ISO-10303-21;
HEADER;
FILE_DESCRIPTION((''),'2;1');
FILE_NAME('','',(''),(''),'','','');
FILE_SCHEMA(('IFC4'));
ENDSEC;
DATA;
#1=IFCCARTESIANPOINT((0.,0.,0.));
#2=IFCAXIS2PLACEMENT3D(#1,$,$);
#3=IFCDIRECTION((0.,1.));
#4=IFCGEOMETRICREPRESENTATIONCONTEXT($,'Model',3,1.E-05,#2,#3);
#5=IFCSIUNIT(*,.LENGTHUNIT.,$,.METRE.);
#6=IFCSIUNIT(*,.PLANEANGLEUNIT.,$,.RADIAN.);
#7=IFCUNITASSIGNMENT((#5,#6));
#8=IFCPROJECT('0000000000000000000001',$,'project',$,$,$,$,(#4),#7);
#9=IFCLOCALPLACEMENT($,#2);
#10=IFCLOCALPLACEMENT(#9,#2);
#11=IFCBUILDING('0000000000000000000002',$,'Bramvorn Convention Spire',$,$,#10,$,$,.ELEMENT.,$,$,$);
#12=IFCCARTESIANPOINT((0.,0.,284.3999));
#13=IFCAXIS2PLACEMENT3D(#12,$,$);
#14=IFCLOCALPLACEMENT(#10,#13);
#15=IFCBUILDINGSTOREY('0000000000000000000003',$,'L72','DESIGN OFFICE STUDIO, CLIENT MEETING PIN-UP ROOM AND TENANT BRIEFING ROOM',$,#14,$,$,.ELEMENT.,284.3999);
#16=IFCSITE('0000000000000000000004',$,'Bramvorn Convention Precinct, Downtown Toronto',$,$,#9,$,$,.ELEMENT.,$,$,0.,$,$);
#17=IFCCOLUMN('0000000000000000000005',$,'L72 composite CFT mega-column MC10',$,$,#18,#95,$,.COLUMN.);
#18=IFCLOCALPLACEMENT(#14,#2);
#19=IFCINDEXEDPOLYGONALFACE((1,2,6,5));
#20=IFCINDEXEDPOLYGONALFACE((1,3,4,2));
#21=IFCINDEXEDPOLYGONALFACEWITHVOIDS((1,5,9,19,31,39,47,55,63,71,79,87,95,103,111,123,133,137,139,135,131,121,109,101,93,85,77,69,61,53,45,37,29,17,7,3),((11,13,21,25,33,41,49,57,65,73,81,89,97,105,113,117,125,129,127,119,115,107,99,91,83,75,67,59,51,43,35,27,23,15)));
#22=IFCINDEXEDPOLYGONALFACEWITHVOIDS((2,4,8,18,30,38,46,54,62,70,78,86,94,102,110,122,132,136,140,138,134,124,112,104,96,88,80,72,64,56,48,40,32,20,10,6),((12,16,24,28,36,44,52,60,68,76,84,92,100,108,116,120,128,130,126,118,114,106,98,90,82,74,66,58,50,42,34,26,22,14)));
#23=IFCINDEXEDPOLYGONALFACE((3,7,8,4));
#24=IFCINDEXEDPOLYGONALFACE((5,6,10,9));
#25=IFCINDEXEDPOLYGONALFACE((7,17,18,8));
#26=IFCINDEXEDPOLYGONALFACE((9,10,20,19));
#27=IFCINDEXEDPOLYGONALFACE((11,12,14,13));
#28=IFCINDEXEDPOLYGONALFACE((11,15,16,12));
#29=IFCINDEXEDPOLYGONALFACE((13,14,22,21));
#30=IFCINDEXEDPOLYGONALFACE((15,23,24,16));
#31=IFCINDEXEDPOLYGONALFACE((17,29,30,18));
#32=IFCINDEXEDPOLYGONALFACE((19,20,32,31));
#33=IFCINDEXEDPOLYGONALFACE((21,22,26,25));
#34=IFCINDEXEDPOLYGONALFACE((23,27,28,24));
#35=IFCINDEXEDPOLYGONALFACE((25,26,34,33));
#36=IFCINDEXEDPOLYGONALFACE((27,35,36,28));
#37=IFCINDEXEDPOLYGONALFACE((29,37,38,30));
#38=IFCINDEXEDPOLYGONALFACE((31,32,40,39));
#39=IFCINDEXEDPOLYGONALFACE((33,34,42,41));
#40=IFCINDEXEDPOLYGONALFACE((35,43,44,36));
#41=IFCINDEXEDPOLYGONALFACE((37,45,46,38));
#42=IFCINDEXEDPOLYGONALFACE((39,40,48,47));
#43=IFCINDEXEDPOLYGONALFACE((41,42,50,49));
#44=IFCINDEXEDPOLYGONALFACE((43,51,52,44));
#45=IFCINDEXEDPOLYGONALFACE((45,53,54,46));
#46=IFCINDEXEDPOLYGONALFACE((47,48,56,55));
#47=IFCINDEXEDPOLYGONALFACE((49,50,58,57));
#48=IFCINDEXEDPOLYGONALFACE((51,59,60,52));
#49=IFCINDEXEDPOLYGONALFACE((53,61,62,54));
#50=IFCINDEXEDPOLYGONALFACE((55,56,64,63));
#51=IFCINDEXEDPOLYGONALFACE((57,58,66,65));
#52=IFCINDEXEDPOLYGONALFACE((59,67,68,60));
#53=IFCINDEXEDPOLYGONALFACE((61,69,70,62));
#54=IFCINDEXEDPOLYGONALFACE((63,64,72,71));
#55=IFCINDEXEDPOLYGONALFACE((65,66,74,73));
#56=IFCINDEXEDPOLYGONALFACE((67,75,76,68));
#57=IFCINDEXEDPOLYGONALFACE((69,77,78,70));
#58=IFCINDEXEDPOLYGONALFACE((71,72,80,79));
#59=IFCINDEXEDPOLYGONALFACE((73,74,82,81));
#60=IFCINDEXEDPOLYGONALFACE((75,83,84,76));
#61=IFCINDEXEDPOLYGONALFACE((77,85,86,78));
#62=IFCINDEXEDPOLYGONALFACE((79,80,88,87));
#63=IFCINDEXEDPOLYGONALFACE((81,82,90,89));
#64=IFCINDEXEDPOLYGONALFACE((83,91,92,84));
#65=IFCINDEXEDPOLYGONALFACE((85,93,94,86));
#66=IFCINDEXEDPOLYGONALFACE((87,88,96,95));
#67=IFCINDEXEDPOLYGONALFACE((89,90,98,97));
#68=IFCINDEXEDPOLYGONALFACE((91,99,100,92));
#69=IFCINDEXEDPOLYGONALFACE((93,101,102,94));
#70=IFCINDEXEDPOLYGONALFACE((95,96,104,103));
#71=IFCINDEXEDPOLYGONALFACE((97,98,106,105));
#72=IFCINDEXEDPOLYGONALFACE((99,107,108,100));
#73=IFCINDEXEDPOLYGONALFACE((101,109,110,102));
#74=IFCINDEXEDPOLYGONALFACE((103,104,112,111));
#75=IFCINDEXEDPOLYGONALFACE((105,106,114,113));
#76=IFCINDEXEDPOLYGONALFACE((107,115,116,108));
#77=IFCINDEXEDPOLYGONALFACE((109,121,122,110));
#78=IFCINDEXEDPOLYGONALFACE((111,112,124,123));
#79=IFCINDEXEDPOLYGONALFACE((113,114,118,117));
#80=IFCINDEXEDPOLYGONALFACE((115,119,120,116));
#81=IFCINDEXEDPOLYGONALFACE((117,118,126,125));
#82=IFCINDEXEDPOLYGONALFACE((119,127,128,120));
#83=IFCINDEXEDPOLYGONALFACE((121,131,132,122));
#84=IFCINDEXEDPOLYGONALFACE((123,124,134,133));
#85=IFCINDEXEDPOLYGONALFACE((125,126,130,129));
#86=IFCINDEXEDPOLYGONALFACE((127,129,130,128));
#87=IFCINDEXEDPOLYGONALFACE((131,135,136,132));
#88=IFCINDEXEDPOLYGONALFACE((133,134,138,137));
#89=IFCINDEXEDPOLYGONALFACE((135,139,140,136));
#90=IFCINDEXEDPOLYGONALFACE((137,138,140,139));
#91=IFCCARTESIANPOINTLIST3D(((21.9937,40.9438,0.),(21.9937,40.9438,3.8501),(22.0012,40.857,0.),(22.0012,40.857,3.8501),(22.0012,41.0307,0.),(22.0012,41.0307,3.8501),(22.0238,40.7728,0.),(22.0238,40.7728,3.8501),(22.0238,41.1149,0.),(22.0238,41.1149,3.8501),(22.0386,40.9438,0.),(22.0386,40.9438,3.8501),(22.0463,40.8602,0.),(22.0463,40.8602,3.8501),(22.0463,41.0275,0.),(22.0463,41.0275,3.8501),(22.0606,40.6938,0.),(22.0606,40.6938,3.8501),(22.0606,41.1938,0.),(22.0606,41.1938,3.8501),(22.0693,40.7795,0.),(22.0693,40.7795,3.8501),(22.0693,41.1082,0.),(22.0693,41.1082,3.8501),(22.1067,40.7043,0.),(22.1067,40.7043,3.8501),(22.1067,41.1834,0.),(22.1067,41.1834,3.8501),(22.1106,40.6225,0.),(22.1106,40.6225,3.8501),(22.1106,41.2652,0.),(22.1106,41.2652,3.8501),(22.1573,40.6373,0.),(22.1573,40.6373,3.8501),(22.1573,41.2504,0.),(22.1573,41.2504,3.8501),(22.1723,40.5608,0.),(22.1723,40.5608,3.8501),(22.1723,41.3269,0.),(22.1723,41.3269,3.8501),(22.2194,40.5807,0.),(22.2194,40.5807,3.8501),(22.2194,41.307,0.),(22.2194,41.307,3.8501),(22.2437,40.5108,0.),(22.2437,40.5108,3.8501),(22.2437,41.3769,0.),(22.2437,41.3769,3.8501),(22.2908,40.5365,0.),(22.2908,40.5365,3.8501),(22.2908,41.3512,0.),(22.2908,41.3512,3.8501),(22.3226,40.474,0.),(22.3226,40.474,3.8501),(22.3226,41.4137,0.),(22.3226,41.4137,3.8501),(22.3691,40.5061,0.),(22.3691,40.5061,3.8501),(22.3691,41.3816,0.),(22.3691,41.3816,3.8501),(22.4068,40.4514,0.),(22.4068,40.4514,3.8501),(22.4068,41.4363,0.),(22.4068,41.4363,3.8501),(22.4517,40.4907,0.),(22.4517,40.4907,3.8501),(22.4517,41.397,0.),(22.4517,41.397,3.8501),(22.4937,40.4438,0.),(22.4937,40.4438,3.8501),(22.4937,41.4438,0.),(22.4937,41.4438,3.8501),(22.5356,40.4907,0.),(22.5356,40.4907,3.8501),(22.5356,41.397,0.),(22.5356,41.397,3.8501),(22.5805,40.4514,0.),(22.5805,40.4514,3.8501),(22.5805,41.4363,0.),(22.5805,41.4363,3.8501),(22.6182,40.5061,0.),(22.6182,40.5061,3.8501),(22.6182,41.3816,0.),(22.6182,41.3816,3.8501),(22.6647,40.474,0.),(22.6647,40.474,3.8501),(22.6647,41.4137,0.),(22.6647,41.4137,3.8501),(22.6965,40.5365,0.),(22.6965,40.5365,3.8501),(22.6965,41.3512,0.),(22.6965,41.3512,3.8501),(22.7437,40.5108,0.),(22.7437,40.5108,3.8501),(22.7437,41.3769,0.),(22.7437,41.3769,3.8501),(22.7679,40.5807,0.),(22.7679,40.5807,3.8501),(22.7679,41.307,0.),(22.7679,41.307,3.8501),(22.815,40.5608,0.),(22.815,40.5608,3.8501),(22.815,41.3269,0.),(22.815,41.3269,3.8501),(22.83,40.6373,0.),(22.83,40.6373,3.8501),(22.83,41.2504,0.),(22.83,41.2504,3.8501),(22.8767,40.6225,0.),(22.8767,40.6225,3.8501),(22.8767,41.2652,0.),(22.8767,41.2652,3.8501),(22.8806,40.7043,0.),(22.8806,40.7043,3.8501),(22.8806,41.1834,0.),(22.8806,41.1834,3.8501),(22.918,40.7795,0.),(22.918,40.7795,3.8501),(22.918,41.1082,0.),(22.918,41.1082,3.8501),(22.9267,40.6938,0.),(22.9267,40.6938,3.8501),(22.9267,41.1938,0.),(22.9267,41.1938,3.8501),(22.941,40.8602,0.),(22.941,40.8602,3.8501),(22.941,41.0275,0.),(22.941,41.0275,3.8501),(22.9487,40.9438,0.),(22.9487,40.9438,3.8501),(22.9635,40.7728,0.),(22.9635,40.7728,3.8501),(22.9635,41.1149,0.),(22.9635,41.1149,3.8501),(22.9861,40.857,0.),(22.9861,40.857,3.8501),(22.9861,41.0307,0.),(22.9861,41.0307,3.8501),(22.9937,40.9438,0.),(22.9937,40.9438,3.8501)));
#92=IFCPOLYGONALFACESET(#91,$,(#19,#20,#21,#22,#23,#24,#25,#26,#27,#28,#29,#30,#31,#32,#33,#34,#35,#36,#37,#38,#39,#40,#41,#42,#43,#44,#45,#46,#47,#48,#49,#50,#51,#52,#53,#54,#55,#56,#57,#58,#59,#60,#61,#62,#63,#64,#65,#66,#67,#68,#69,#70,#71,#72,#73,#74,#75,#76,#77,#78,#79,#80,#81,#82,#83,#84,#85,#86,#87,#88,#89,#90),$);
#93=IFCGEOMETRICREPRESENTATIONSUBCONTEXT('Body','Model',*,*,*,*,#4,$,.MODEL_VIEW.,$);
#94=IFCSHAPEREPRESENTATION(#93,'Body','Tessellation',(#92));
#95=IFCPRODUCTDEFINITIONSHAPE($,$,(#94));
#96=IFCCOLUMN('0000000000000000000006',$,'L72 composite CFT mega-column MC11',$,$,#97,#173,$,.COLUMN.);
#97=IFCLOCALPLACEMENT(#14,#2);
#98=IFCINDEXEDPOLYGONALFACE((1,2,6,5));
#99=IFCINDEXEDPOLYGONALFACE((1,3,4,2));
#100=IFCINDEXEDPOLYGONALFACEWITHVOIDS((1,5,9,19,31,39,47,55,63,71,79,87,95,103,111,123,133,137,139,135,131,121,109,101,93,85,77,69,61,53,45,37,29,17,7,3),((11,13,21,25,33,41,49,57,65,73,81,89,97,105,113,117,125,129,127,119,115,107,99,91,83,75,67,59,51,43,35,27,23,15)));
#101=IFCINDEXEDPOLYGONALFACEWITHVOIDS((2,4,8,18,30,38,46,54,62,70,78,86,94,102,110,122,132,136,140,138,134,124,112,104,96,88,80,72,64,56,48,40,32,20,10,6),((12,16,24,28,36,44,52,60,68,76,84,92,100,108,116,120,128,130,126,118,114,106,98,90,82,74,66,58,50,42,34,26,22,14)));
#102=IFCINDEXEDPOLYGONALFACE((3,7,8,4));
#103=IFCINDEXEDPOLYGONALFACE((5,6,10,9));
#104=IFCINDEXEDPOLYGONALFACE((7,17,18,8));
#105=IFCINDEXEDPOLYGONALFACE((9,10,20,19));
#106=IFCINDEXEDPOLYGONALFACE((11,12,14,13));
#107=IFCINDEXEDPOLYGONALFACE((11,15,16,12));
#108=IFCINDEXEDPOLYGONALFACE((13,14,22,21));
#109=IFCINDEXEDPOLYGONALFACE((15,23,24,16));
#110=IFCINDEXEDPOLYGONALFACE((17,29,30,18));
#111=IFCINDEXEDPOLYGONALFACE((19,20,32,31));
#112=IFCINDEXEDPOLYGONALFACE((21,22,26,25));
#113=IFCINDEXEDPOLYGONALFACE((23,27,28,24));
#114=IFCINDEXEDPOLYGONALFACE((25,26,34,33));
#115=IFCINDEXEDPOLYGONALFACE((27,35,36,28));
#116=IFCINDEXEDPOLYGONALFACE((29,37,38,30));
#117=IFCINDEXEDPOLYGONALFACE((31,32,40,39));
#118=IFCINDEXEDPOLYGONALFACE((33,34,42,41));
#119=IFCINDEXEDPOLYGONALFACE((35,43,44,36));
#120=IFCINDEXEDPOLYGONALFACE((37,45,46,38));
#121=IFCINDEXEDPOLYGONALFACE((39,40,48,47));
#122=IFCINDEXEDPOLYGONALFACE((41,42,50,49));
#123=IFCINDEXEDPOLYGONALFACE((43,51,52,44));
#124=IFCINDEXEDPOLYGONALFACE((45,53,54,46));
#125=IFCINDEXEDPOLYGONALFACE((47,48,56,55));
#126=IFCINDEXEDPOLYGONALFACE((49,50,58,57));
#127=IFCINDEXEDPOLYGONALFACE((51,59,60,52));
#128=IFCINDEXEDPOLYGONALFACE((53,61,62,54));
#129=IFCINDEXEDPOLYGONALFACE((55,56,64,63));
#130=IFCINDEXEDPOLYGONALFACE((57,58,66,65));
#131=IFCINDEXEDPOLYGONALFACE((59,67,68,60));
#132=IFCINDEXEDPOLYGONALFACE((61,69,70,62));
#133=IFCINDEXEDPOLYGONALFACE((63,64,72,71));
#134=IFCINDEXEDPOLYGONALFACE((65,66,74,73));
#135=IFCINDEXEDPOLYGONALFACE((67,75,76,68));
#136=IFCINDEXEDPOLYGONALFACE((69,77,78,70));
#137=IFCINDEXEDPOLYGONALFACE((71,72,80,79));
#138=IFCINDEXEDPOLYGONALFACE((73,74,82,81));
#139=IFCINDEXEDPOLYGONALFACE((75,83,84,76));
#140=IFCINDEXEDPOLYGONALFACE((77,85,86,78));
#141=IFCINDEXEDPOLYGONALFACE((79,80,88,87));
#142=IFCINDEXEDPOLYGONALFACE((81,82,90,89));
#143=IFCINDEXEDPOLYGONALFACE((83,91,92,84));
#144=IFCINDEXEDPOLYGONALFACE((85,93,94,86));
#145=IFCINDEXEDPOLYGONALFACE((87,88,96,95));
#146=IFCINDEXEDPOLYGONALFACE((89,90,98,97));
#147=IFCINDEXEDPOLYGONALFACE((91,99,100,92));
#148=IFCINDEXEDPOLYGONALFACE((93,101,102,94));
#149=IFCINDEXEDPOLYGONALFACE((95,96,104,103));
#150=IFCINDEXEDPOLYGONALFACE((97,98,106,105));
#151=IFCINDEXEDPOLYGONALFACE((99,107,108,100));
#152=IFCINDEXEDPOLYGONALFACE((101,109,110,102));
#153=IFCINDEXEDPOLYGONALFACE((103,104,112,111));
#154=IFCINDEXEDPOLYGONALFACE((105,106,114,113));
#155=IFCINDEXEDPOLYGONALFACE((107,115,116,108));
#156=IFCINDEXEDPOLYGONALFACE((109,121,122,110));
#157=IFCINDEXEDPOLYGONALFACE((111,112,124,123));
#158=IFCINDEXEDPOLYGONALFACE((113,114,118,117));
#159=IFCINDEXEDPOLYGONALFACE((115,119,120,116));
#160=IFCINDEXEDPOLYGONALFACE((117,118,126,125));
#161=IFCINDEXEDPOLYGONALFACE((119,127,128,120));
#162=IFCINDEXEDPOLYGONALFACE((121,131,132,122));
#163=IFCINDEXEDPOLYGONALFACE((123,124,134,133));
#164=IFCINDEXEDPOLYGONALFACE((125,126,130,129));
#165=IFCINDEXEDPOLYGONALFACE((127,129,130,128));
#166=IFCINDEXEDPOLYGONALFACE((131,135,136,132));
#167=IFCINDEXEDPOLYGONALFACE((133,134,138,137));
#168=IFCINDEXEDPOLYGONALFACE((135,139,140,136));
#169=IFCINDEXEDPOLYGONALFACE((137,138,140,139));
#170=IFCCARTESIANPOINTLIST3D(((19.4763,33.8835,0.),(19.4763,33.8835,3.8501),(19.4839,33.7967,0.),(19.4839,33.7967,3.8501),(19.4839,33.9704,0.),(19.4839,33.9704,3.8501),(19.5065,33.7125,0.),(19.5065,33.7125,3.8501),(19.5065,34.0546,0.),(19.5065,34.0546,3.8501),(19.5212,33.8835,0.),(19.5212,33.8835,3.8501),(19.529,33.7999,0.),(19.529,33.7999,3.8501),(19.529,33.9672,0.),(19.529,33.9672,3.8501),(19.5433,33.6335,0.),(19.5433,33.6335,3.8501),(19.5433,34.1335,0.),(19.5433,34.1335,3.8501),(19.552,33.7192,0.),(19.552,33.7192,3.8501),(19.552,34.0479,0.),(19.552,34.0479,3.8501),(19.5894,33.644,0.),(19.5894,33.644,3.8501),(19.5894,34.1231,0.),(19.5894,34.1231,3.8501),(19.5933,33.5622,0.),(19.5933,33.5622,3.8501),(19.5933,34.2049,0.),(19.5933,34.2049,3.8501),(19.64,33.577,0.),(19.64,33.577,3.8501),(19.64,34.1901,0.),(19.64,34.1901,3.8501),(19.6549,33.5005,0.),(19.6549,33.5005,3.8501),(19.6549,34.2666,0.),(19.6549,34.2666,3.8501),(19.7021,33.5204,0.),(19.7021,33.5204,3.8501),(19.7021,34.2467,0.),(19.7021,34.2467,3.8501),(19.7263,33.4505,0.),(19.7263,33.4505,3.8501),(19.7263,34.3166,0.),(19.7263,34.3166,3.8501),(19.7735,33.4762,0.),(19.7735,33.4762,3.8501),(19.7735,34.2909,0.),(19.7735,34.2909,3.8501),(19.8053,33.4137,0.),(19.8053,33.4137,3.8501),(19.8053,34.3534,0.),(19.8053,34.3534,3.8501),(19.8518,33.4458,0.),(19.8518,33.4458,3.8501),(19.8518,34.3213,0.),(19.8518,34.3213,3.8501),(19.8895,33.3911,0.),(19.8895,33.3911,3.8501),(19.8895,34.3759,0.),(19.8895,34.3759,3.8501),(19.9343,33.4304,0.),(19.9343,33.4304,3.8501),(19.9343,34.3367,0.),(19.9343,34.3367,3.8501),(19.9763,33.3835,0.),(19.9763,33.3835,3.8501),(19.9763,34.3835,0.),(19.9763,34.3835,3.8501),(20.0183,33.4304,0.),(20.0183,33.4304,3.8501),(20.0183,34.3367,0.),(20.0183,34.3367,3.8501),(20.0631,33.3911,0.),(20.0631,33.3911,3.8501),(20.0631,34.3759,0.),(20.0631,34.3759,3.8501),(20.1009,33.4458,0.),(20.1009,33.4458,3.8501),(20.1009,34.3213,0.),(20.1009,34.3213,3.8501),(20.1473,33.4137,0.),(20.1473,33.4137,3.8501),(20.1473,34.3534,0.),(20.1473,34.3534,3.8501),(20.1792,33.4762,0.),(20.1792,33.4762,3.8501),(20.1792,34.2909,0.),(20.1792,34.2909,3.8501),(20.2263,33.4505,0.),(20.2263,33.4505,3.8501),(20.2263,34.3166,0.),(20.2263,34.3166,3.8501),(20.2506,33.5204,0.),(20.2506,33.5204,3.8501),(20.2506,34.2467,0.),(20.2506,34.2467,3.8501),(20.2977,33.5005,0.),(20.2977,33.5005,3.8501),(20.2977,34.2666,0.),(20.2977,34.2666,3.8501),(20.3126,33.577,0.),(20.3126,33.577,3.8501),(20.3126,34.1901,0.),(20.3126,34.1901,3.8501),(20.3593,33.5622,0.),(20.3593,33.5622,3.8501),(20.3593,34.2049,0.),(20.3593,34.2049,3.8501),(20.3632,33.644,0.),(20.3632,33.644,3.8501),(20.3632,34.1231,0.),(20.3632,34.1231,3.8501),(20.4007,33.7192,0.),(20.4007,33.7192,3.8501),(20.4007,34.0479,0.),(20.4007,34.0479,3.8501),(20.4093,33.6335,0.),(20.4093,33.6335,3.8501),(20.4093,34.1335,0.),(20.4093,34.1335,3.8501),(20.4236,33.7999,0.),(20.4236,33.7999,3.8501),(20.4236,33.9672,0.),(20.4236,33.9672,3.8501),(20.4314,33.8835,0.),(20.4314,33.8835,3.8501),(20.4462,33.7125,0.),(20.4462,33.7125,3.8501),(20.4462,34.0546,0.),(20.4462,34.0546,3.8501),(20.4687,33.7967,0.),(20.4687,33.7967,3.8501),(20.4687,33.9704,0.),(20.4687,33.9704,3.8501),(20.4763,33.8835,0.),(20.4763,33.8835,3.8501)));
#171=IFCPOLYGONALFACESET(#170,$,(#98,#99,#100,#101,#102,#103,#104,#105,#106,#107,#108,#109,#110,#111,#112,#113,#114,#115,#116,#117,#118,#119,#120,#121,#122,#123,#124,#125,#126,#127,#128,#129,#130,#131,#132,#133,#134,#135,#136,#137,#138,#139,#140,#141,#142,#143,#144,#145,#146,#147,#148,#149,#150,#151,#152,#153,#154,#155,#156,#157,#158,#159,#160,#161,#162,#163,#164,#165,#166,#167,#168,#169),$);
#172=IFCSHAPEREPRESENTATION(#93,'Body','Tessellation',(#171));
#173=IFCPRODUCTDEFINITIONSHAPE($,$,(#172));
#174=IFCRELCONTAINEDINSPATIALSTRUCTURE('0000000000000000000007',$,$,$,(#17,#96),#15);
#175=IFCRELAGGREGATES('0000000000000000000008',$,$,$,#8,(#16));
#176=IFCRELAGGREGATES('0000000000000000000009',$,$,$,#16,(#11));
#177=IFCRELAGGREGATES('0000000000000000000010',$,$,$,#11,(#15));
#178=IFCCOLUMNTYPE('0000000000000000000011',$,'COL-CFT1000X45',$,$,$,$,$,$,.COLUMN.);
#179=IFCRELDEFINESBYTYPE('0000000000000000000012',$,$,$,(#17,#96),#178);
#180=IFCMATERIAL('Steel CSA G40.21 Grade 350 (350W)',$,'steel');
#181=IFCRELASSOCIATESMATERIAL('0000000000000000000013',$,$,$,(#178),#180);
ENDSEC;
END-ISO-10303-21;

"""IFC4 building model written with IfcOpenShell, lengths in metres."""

from ifc_helpers import new_model, si_unit, direction, frame, origin, origin_2d, place, context, subcontext, project, spatial, hollow_circle, extrude, material, material_profile, profile_set, type_object, element, save


model = new_model("IFC4")

# Units and contexts
model_context = context("Model", 3, precision=1e-05, world=origin(), true_north=direction((0.0, 1.0)))
body_context = subcontext(model_context, "Body", "Model", "MODEL_VIEW")
ifc_project = project(units=[si_unit("LENGTHUNIT", "METRE"), si_unit("PLANEANGLEUNIT", "RADIAN")], contexts=[model_context])

# Site, building, storey
site_placement = place(None, origin())
site = spatial("IfcSite", under=ifc_project, at=site_placement, Name="Bramvorn Convention Precinct, Downtown Toronto", CompositionType="ELEMENT", RefElevation=0.0)
building_placement = place(site_placement, origin())
building = spatial("IfcBuilding", under=site, at=building_placement, Name="Bramvorn Convention Spire", CompositionType="ELEMENT")
storey_placement = place(building_placement, frame((0.0, 0.0, 284.3999)))
storey = spatial("IfcBuildingStorey", under=building, at=storey_placement, Name="L72", Description="DESIGN OFFICE STUDIO, CLIENT MEETING PIN-UP ROOM AND TENANT BRIEFING ROOM", CompositionType="ELEMENT", Elevation=284.3999)

# Columns
ifc_material_1 = material(Name="Steel CSA G40.21 Grade 350 (350W)", Category="steel")
ifc_material_profile_1 = material_profile(ifc_material_1, hollow_circle(Radius=0.5, WallThickness=0.0449, at=origin_2d()))
ifc_profile_set_1 = profile_set([ifc_material_profile_1], Name="Steel CSA G40.21 Grade 350 (350W) - CFT1000X45")
column_type = type_object("IfcColumnType", Name="COL-CFT1000X45", PredefinedType="COLUMN", material=ifc_profile_set_1)
for number, where, z_axis, x_axis, name in (
    (1, (22.4937, 40.9438, 0.0), (0.0, 0.0, 1.0), (1.0, 0.0, 0.0), "L72 composite CFT mega-column MC10"),
    (2, (19.9763, 33.8835, 0.0), (0.0, 0.0, 1.0), (1.0, 0.0, 0.0), "L72 composite CFT mega-column MC11"),
):
    element("IfcColumn", number, at=place(storey_placement, frame(where, z_axis=z_axis, x_axis=x_axis)), inside=storey, type_object=column_type, Name=name, PredefinedType="COLUMN", context=body_context, shape_type="SweptSolid", body=[
        extrude(hollow_circle(Radius=0.5, WallThickness=0.0449, at=origin_2d()), origin(), (0.0, 0.0, 1.0), 3.8501),
    ])

save(model, "model.ifc")
